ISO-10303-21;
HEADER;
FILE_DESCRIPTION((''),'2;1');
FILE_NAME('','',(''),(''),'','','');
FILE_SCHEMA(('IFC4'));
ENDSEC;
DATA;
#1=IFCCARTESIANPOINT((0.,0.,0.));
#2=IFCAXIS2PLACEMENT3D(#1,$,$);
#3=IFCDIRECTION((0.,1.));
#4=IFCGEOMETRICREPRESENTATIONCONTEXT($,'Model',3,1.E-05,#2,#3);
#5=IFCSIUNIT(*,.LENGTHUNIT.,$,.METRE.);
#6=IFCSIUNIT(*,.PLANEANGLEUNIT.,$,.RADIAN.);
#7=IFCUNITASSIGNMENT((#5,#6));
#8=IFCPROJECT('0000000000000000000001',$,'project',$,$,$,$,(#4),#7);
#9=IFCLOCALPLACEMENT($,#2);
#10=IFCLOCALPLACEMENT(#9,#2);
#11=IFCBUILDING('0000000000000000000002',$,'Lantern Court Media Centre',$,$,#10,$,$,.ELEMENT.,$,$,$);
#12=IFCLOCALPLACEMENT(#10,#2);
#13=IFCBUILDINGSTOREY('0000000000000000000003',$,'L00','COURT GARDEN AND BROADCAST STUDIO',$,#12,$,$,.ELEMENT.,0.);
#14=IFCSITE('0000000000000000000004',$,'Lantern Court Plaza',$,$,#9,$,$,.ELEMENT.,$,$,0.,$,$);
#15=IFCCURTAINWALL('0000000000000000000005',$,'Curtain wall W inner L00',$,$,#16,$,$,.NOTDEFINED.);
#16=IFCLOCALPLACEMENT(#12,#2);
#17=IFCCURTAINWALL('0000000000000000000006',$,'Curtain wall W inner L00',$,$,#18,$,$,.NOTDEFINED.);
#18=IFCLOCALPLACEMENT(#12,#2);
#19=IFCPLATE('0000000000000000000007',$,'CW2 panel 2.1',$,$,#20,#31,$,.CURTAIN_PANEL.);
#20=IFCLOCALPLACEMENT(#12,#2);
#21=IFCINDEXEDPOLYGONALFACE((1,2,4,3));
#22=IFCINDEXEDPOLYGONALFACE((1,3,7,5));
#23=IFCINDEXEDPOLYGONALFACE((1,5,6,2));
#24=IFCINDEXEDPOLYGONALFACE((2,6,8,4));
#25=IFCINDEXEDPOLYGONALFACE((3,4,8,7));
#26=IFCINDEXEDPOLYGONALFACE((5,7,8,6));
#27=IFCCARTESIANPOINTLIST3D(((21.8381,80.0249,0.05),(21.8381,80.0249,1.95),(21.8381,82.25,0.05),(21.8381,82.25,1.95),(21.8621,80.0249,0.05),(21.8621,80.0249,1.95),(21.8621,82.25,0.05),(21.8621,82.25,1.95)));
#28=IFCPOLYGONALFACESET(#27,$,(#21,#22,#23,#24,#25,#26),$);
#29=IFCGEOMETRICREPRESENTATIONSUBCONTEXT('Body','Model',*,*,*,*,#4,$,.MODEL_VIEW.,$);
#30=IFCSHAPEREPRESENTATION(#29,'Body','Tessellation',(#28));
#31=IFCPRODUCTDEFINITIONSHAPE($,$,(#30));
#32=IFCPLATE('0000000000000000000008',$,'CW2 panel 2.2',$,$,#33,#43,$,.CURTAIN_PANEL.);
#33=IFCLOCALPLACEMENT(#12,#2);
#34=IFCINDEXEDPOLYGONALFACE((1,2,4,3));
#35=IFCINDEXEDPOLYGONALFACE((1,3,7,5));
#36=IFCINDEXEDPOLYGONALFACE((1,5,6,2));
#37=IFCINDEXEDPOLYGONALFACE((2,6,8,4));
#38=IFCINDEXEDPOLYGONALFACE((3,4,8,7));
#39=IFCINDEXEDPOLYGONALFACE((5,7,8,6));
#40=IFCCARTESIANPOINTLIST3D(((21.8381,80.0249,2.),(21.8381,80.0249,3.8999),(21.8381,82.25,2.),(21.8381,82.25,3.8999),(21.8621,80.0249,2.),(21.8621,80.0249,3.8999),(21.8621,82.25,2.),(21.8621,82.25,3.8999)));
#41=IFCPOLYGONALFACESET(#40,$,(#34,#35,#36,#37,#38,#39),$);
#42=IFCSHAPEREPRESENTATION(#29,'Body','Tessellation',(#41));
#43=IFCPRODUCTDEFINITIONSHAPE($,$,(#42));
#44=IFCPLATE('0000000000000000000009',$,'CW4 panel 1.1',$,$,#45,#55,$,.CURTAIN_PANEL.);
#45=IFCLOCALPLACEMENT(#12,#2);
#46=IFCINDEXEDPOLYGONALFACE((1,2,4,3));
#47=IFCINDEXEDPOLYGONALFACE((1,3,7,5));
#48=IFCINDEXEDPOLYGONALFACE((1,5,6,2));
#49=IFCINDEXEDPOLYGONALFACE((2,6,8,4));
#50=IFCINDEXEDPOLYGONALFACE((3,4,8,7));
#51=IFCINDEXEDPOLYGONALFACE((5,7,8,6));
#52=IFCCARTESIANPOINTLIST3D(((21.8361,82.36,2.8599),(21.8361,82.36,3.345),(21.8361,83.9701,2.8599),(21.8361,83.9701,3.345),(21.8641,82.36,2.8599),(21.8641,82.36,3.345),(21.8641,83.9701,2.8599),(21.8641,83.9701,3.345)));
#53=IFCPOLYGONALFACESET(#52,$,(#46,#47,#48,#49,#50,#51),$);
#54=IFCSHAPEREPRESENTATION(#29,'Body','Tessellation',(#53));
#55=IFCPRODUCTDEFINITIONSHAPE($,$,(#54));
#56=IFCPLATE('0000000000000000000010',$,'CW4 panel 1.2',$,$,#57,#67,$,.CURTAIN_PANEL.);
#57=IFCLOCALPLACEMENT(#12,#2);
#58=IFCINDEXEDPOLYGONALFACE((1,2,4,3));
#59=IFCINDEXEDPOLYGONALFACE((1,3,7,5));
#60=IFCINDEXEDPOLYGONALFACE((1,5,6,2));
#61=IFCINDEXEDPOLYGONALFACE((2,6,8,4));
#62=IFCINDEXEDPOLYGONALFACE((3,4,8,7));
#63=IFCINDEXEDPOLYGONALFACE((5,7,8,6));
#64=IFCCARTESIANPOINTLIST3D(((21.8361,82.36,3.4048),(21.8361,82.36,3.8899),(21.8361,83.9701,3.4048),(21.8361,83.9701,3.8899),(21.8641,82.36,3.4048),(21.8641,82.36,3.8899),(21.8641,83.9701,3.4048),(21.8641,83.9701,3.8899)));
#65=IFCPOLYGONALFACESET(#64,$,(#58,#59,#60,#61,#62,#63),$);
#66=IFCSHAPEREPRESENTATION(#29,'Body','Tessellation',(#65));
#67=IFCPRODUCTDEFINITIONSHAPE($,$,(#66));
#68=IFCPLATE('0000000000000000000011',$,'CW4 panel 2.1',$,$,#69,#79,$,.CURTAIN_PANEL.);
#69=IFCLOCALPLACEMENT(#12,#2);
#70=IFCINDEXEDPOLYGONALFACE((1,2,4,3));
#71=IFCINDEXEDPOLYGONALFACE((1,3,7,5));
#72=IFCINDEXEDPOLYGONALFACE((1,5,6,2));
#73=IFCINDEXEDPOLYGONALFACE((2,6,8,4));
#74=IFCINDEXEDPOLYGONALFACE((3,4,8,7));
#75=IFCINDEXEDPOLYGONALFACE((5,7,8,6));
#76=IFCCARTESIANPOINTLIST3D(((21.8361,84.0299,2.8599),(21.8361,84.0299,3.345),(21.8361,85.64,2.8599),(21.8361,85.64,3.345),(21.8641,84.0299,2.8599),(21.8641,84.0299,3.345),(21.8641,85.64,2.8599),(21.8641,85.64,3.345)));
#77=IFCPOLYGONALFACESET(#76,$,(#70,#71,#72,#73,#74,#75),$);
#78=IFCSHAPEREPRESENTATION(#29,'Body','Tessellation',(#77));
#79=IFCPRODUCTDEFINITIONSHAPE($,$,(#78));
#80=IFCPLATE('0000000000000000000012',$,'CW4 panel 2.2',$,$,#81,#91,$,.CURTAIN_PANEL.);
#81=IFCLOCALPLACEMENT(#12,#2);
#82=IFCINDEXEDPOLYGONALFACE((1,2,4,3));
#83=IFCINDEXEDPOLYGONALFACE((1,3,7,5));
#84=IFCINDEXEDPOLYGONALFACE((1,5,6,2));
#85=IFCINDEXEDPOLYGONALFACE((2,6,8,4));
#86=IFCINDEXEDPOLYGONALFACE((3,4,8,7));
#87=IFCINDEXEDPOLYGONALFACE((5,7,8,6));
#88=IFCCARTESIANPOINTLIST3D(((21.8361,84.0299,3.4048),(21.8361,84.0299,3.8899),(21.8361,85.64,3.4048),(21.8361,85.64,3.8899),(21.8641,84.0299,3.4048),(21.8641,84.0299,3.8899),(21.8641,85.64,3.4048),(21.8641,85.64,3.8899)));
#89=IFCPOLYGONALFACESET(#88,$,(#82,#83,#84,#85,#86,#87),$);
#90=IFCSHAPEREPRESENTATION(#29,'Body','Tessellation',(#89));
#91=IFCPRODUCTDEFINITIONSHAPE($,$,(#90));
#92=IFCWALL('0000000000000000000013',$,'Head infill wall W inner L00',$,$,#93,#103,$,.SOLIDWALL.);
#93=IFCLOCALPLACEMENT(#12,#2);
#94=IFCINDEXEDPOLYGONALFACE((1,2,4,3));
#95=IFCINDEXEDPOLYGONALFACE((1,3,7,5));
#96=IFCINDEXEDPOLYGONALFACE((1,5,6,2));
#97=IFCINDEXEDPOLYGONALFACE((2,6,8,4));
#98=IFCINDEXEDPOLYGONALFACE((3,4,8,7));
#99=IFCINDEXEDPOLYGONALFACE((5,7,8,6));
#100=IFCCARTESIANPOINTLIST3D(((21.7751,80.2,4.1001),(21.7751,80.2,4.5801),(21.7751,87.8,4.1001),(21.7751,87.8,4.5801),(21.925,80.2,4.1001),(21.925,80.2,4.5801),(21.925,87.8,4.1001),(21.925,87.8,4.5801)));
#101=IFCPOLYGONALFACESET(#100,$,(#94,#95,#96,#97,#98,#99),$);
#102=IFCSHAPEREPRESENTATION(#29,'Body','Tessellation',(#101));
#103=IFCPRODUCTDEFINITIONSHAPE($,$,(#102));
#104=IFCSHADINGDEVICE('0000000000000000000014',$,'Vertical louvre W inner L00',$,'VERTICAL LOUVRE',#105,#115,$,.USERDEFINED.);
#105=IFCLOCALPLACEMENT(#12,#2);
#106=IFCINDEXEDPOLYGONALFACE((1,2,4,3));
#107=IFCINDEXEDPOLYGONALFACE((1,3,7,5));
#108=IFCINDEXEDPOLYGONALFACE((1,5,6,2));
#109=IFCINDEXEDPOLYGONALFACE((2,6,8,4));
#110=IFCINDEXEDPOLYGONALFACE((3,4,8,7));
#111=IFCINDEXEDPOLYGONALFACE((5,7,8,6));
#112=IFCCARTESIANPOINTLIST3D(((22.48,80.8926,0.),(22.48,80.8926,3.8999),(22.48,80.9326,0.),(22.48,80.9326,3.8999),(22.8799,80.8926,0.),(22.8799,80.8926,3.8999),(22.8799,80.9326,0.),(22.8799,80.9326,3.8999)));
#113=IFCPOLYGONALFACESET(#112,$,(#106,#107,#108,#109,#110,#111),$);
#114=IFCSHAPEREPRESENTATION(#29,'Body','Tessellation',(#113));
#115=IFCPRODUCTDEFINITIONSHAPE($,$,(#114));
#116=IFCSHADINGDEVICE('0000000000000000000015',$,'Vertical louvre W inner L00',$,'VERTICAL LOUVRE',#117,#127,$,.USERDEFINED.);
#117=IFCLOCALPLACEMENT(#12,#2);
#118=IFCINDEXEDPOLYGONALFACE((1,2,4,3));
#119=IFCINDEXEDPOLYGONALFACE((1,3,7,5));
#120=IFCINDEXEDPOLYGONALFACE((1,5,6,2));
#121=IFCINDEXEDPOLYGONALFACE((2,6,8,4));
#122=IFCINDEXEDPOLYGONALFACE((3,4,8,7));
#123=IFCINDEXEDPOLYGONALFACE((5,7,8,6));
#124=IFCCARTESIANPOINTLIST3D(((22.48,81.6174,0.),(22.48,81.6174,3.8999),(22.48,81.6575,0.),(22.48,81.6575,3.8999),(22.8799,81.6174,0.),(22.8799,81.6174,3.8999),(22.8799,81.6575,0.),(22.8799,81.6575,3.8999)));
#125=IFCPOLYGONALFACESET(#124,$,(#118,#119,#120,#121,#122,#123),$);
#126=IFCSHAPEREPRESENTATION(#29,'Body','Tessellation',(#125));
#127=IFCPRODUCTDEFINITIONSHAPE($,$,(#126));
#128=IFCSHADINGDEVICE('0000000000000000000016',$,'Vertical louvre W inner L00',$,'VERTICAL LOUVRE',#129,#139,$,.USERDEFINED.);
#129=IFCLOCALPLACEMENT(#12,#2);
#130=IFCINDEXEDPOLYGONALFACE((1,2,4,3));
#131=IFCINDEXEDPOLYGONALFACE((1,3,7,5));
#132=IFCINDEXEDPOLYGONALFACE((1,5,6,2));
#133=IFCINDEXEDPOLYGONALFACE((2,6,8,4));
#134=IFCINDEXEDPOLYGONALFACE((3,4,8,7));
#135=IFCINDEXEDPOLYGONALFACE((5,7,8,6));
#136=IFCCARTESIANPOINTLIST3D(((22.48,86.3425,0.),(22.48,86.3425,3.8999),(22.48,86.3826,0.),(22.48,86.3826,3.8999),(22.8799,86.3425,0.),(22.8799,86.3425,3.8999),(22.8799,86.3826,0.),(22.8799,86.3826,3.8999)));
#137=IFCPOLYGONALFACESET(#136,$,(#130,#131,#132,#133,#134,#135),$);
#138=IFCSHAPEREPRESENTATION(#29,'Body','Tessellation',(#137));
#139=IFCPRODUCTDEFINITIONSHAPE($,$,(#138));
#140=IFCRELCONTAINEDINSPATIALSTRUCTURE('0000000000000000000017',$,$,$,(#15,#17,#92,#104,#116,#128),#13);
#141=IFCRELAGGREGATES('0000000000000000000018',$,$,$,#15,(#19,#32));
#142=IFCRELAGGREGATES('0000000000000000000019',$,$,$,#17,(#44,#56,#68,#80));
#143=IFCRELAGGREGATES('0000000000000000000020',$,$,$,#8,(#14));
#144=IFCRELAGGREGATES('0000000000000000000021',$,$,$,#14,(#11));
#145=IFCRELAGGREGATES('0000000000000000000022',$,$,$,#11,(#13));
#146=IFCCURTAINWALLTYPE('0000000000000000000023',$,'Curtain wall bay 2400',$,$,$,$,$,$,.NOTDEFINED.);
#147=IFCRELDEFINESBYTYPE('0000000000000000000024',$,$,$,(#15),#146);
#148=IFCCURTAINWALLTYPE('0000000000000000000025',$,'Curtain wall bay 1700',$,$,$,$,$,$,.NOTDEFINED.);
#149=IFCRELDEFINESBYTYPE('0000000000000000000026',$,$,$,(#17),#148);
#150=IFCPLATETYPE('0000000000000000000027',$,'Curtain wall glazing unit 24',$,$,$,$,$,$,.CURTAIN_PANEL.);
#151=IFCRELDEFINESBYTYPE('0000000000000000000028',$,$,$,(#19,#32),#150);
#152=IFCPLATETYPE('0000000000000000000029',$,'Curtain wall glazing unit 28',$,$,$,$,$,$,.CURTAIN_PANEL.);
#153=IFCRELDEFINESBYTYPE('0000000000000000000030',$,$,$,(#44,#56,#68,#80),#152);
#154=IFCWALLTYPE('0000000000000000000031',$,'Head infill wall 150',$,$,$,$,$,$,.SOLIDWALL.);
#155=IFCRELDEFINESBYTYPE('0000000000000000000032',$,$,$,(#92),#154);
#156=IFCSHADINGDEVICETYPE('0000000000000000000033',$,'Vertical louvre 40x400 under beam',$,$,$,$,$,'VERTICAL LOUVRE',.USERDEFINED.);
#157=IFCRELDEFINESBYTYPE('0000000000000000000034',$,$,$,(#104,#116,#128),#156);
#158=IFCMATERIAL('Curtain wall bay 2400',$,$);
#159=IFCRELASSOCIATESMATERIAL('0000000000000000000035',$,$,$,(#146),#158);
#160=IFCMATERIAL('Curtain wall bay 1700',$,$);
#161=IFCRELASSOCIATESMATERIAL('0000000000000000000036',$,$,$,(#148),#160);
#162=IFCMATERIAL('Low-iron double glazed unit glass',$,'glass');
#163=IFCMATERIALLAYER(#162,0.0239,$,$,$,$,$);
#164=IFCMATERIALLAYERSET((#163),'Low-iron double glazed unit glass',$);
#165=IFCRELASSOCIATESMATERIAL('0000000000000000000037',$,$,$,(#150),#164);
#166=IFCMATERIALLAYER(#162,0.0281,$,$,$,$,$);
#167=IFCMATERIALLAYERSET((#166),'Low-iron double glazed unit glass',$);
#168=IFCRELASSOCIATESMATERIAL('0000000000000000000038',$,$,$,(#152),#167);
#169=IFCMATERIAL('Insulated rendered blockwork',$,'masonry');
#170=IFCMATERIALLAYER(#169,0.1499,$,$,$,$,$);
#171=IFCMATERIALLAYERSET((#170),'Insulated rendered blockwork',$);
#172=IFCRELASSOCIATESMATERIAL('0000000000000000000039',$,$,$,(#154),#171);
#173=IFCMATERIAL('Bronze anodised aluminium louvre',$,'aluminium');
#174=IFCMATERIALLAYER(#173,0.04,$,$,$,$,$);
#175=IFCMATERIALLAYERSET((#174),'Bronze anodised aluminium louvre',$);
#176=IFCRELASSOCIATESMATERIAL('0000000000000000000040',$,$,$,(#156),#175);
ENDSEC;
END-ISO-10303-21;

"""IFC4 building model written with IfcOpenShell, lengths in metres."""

from ifc_helpers import new_model, si_unit, direction, frame, frame_2d, origin, origin_2d, place, context, subcontext, project, spatial, rectangle, extrude, material, layer, layer_set, type_object, element, aggregate, save


model = new_model("IFC4")

# Units and contexts
model_context = context("Model", 3, precision=1e-05, world=origin(), true_north=direction((0.0, 1.0)))
body_context = subcontext(model_context, "Body", "Model", "MODEL_VIEW")
ifc_project = project(units=[si_unit("LENGTHUNIT", "METRE"), si_unit("PLANEANGLEUNIT", "RADIAN")], contexts=[model_context])

# Site, building, storey
site_placement = place(None, origin())
site = spatial("IfcSite", under=ifc_project, at=site_placement, Name="Lantern Court Plaza", CompositionType="ELEMENT", RefElevation=0.0)
building_placement = place(site_placement, origin())
building = spatial("IfcBuilding", under=site, at=building_placement, Name="Lantern Court Media Centre", CompositionType="ELEMENT")
storey_placement = place(building_placement, origin())
storey = spatial("IfcBuildingStorey", under=building, at=storey_placement, Name="L00", Description="COURT GARDEN AND BROADCAST STUDIO", CompositionType="ELEMENT", Elevation=0.0)

# Curtain wall
ifc_material_1 = material(Name="Curtain wall bay 2400")
curtain_wall_type_1 = type_object("IfcCurtainWallType", Name="Curtain wall bay 2400", PredefinedType="NOTDEFINED", material=ifc_material_1)
curtain_wall_1_placement = place(storey_placement, origin())
curtain_wall_1 = element("IfcCurtainWall", 1, at=curtain_wall_1_placement, inside=storey, type_object=curtain_wall_type_1, Name="Curtain wall W inner L00", PredefinedType="NOTDEFINED")

# Curtain wall
ifc_material_2 = material(Name="Curtain wall bay 1700")
curtain_wall_type_2 = type_object("IfcCurtainWallType", Name="Curtain wall bay 1700", PredefinedType="NOTDEFINED", material=ifc_material_2)
curtain_wall_2_placement = place(storey_placement, origin())
curtain_wall_2 = element("IfcCurtainWall", 2, at=curtain_wall_2_placement, inside=storey, type_object=curtain_wall_type_2, Name="Curtain wall W inner L00", PredefinedType="NOTDEFINED")

# Plates
ifc_material_3 = material(Name="Low-iron double glazed unit glass", Category="glass")
ifc_layer_1 = layer(ifc_material_3, 0.0239)
ifc_layer_set_1 = layer_set([ifc_layer_1], Name="Low-iron double glazed unit glass")
plate_type_1 = type_object("IfcPlateType", Name="Curtain wall glazing unit 24", PredefinedType="CURTAIN_PANEL", material=ifc_layer_set_1)
plate_1_placement = place(storey_placement, frame((21.8501, 81.1375, 0.05), z_axis=(0.0, 0.0, 1.0), x_axis=(0.0, 1.0, 0.0)))
plate_1 = element("IfcPlate", 3, at=plate_1_placement, type_object=plate_type_1, Name="CW2 panel 2.1", PredefinedType="CURTAIN_PANEL", context=body_context, shape_type="SweptSolid", body=[
    extrude(rectangle(XDim=2.2251, YDim=0.0239, at=origin_2d()), origin(), (0.0, 0.0, 1.0), 1.8999),
])
plate_2_placement = place(storey_placement, frame((21.8501, 81.1375, 2.0), z_axis=(0.0, 0.0, 1.0), x_axis=(0.0, 1.0, 0.0)))
plate_2 = element("IfcPlate", 4, at=plate_2_placement, type_object=plate_type_1, Name="CW2 panel 2.2", PredefinedType="CURTAIN_PANEL", context=body_context, shape_type="SweptSolid", body=[
    extrude(rectangle(XDim=2.2251, YDim=0.0239, at=origin_2d()), origin(), (0.0, 0.0, 1.0), 1.8999),
])
aggregate(curtain_wall_1, [plate_1, plate_2])
ifc_layer_2 = layer(ifc_material_3, 0.0281)
ifc_layer_set_2 = layer_set([ifc_layer_2], Name="Low-iron double glazed unit glass")
plate_type_2 = type_object("IfcPlateType", Name="Curtain wall glazing unit 28", PredefinedType="CURTAIN_PANEL", material=ifc_layer_set_2)
plate_3_placement = place(storey_placement, frame((21.8501, 83.165, 2.8599), z_axis=(0.0, 0.0, 1.0), x_axis=(0.0, 1.0, 0.0)))
plate_3 = element("IfcPlate", 5, at=plate_3_placement, type_object=plate_type_2, Name="CW4 panel 1.1", PredefinedType="CURTAIN_PANEL", context=body_context, shape_type="SweptSolid", body=[
    extrude(rectangle(XDim=1.6101, YDim=0.0281, at=origin_2d()), origin(), (0.0, 0.0, 1.0), 0.4851),
])
plate_4_placement = place(storey_placement, frame((21.8501, 83.165, 3.4048), z_axis=(0.0, 0.0, 1.0), x_axis=(0.0, 1.0, 0.0)))
plate_4 = element("IfcPlate", 6, at=plate_4_placement, type_object=plate_type_2, Name="CW4 panel 1.2", PredefinedType="CURTAIN_PANEL", context=body_context, shape_type="SweptSolid", body=[
    extrude(rectangle(XDim=1.6101, YDim=0.0281, at=origin_2d()), origin(), (0.0, 0.0, 1.0), 0.4851),
])
plate_5_placement = place(storey_placement, frame((21.8501, 84.835, 2.8599), z_axis=(0.0, 0.0, 1.0), x_axis=(0.0, 1.0, 0.0)))
plate_5 = element("IfcPlate", 7, at=plate_5_placement, type_object=plate_type_2, Name="CW4 panel 2.1", PredefinedType="CURTAIN_PANEL", context=body_context, shape_type="SweptSolid", body=[
    extrude(rectangle(XDim=1.6101, YDim=0.0281, at=origin_2d()), origin(), (0.0, 0.0, 1.0), 0.4851),
])
plate_6_placement = place(storey_placement, frame((21.8501, 84.835, 3.4048), z_axis=(0.0, 0.0, 1.0), x_axis=(0.0, 1.0, 0.0)))
plate_6 = element("IfcPlate", 8, at=plate_6_placement, type_object=plate_type_2, Name="CW4 panel 2.2", PredefinedType="CURTAIN_PANEL", context=body_context, shape_type="SweptSolid", body=[
    extrude(rectangle(XDim=1.6101, YDim=0.0281, at=origin_2d()), origin(), (0.0, 0.0, 1.0), 0.4851),
])
aggregate(curtain_wall_2, [plate_3, plate_4, plate_5, plate_6])

# Shared definitions
ifc_material_4 = material(Name="Insulated rendered blockwork", Category="masonry")

# Wall
ifc_layer_3 = layer(ifc_material_4, 0.1499)
ifc_layer_set_3 = layer_set([ifc_layer_3], Name="Insulated rendered blockwork")
wall_type_1 = type_object("IfcWallType", Name="Head infill wall 150", PredefinedType="SOLIDWALL", material=ifc_layer_set_3)
wall_1_placement = place(storey_placement, frame((21.8501, 80.2, 4.1001), z_axis=(0.0, 0.0, 1.0), x_axis=(0.0, 1.0, 0.0)))
element("IfcWall", 9, at=wall_1_placement, inside=storey, type_object=wall_type_1, Name="Head infill wall W inner L00", PredefinedType="SOLIDWALL", context=body_context, shape_type="SweptSolid", body=[
    extrude(rectangle(XDim=7.6001, YDim=0.1499, at=frame_2d((3.8, 0.0))), origin(), (0.0, 0.0, 1.0), 0.48),
])

# Shading devices
ifc_material_5 = material(Name="Bronze anodised aluminium louvre", Category="aluminium")
ifc_layer_4 = layer(ifc_material_5, 0.04)
ifc_layer_set_4 = layer_set([ifc_layer_4], Name="Bronze anodised aluminium louvre")
shading_device_type = type_object("IfcShadingDeviceType", Name="Vertical louvre 40x400 under beam", ElementType="VERTICAL LOUVRE", PredefinedType="USERDEFINED", material=ifc_layer_set_4)
for number, where, z_axis, x_axis, name in (
    (10, (22.6799, 80.9126, 0.0), (0.0, 0.0, 1.0), (1.0, 0.0, 0.0), "Vertical louvre W inner L00"),
    (11, (22.6799, 81.6375, 0.0), (0.0, 0.0, 1.0), (1.0, 0.0, 0.0), "Vertical louvre W inner L00"),
    (12, (22.6799, 86.3625, 0.0), (0.0, 0.0, 1.0), (1.0, 0.0, 0.0), "Vertical louvre W inner L00"),
):
    element("IfcShadingDevice", number, at=place(storey_placement, frame(where, z_axis=z_axis, x_axis=x_axis)), inside=storey, type_object=shading_device_type, Name=name, ObjectType="VERTICAL LOUVRE", PredefinedType="USERDEFINED", context=body_context, shape_type="SweptSolid", body=[
        extrude(rectangle(XDim=0.3999, YDim=0.04, at=origin_2d()), origin(), (0.0, 0.0, 1.0), 3.8999),
    ])

save(model, "model.ifc")
